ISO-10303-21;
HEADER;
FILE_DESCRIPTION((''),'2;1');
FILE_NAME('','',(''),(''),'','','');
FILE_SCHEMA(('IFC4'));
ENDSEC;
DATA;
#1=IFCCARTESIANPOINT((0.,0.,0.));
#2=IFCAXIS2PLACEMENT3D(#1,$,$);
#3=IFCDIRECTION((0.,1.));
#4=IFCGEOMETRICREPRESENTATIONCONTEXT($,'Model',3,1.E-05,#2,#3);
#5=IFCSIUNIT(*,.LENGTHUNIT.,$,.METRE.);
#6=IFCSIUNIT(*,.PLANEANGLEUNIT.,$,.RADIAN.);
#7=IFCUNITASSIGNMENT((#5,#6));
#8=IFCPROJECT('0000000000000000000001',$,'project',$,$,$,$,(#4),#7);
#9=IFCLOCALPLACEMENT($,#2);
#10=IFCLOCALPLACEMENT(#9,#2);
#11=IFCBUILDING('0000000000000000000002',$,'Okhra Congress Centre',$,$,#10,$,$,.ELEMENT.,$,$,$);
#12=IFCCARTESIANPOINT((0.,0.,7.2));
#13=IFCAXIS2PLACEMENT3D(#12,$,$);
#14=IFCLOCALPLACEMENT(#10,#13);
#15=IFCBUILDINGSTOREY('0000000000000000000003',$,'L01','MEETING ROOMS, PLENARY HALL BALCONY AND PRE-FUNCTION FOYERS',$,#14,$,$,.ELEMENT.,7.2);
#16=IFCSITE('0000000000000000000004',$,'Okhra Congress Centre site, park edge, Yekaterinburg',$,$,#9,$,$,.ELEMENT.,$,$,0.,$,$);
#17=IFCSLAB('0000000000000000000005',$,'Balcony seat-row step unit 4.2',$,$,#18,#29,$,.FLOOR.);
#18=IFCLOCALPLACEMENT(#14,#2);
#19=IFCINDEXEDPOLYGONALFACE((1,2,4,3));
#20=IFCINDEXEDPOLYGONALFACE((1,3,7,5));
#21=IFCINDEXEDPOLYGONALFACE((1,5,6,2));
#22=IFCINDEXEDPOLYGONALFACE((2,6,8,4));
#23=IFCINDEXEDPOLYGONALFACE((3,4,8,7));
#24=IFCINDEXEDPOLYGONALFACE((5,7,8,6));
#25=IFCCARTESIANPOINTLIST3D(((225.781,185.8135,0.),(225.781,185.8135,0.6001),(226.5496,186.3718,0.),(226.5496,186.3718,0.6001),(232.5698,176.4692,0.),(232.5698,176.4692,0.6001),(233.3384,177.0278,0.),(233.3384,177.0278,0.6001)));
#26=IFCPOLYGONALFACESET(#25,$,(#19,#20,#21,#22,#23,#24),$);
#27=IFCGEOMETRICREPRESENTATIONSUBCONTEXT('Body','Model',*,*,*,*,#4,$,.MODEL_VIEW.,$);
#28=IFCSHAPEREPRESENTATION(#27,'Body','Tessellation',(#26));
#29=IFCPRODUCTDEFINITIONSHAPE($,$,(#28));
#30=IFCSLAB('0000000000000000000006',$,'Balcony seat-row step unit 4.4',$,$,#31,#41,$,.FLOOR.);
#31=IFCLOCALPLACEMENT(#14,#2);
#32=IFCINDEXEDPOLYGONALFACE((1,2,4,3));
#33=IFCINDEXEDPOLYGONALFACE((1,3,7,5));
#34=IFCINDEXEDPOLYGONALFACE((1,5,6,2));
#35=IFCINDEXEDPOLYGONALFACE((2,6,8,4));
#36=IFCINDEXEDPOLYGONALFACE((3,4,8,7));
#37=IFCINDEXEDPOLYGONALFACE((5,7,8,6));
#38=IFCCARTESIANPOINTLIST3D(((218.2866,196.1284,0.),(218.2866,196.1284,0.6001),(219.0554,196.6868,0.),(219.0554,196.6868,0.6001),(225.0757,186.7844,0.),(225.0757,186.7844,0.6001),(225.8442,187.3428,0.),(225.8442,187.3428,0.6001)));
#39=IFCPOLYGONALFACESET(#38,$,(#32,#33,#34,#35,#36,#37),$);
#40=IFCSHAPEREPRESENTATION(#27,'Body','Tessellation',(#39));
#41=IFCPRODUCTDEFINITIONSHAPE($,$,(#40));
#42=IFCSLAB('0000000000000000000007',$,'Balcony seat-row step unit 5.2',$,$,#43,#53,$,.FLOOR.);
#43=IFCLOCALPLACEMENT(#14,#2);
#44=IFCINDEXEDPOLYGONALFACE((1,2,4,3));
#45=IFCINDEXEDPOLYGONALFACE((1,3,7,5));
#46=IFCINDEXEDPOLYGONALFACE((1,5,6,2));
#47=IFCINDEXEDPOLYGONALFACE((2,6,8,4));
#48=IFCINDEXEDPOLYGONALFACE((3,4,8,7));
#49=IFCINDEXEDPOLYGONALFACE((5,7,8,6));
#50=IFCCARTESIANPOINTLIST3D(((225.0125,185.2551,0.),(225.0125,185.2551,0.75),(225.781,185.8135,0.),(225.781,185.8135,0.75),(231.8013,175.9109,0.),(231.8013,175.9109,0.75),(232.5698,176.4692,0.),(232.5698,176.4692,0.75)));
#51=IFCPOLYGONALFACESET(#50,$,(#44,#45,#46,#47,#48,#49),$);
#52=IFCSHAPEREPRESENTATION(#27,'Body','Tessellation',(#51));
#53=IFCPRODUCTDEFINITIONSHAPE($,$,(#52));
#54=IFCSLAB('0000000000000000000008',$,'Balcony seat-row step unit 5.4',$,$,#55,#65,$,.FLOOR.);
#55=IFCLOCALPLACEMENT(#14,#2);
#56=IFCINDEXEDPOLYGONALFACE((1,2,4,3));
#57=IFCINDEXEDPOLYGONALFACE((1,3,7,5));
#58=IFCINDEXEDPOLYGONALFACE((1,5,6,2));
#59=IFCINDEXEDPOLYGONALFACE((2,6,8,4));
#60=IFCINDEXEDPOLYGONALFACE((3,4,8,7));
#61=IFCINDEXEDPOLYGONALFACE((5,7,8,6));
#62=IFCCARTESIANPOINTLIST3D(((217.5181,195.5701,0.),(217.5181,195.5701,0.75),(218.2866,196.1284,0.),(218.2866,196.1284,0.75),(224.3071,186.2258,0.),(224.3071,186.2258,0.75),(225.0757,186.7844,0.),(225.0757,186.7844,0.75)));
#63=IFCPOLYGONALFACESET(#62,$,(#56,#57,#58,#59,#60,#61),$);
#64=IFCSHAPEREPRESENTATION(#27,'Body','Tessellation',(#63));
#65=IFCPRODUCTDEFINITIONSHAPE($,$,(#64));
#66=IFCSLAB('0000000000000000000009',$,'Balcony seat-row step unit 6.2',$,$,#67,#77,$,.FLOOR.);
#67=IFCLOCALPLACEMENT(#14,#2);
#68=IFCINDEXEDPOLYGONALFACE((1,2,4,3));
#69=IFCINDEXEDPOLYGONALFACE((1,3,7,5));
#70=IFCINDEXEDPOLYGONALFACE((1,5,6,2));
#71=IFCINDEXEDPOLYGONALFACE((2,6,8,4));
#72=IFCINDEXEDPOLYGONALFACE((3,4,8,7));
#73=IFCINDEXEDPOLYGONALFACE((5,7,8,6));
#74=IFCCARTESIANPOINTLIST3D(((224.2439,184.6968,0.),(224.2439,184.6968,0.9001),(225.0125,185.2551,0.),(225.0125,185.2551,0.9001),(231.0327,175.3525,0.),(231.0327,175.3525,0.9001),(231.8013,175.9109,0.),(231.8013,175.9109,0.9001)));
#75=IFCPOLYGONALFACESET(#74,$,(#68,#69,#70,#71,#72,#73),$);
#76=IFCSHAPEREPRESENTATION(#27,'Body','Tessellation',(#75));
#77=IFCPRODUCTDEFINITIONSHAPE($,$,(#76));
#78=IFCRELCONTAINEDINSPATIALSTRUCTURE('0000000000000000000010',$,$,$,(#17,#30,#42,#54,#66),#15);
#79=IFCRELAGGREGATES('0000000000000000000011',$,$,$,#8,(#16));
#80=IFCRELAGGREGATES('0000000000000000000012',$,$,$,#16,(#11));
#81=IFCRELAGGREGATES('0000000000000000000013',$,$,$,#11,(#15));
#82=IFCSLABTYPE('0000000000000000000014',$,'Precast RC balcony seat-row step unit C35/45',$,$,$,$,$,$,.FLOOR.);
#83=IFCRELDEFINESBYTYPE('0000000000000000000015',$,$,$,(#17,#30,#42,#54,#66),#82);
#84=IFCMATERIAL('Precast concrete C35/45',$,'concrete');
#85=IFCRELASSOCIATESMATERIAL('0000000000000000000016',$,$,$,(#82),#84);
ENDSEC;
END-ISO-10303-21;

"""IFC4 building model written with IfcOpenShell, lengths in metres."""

from ifc_helpers import new_model, si_unit, direction, frame, origin, place, context, subcontext, project, spatial, polyline, outline, extrude, material, type_object, element, save


model = new_model("IFC4")

# Units and contexts
model_context = context("Model", 3, precision=1e-05, world=origin(), true_north=direction((0.0, 1.0)))
body_context = subcontext(model_context, "Body", "Model", "MODEL_VIEW")
ifc_project = project(units=[si_unit("LENGTHUNIT", "METRE"), si_unit("PLANEANGLEUNIT", "RADIAN")], contexts=[model_context])

# Site, building, storey
site_placement = place(None, origin())
site = spatial("IfcSite", under=ifc_project, at=site_placement, Name="Okhra Congress Centre site, park edge, Yekaterinburg", CompositionType="ELEMENT", RefElevation=0.0)
building_placement = place(site_placement, origin())
building = spatial("IfcBuilding", under=site, at=building_placement, Name="Okhra Congress Centre", CompositionType="ELEMENT")
storey_placement = place(building_placement, frame((0.0, 0.0, 7.2)))
storey = spatial("IfcBuildingStorey", under=building, at=storey_placement, Name="L01", Description="MEETING ROOMS, PLENARY HALL BALCONY AND PRE-FUNCTION FOYERS", CompositionType="ELEMENT", Elevation=7.2)

# Slabs
ifc_material_1 = material(Name="Precast concrete C35/45", Category="concrete")
slab_type_1 = type_object("IfcSlabType", Name="Precast RC balcony seat-row step unit C35/45", PredefinedType="FLOOR", material=ifc_material_1)
slab_1_placement = place(storey_placement, origin())
element("IfcSlab", 1, at=slab_1_placement, inside=storey, type_object=slab_type_1, Name="Balcony seat-row step unit 4.2", PredefinedType="FLOOR", context=body_context, shape_type="SweptSolid", body=[
    extrude(outline(polyline([(232.5698, 176.4692), (233.3384, 177.0278), (226.5496, 186.3718), (225.781, 185.8135), (232.5698, 176.4692)])), origin(), (0.0, 0.0, 1.0), 0.6001),
])
slab_2_placement = place(storey_placement, origin())
element("IfcSlab", 2, at=slab_2_placement, inside=storey, type_object=slab_type_1, Name="Balcony seat-row step unit 4.4", PredefinedType="FLOOR", context=body_context, shape_type="SweptSolid", body=[
    extrude(outline(polyline([(225.0757, 186.7844), (225.8442, 187.3428), (219.0554, 196.6868), (218.2866, 196.1284), (225.0757, 186.7844)])), origin(), (0.0, 0.0, 1.0), 0.6001),
])
slab_3_placement = place(storey_placement, origin())
element("IfcSlab", 3, at=slab_3_placement, inside=storey, type_object=slab_type_1, Name="Balcony seat-row step unit 5.2", PredefinedType="FLOOR", context=body_context, shape_type="SweptSolid", body=[
    extrude(outline(polyline([(231.8013, 175.9109), (232.5698, 176.4692), (225.781, 185.8135), (225.0125, 185.2551), (231.8013, 175.9109)])), origin(), (0.0, 0.0, 1.0), 0.75),
])
slab_4_placement = place(storey_placement, origin())
element("IfcSlab", 4, at=slab_4_placement, inside=storey, type_object=slab_type_1, Name="Balcony seat-row step unit 5.4", PredefinedType="FLOOR", context=body_context, shape_type="SweptSolid", body=[
    extrude(outline(polyline([(224.3071, 186.2258), (225.0757, 186.7844), (218.2866, 196.1284), (217.5181, 195.5701), (224.3071, 186.2258)])), origin(), (0.0, 0.0, 1.0), 0.75),
])
slab_5_placement = place(storey_placement, origin())
element("IfcSlab", 5, at=slab_5_placement, inside=storey, type_object=slab_type_1, Name="Balcony seat-row step unit 6.2", PredefinedType="FLOOR", context=body_context, shape_type="SweptSolid", body=[
    extrude(outline(polyline([(231.0327, 175.3525), (231.8013, 175.9109), (225.0125, 185.2551), (224.2439, 184.6968), (231.0327, 175.3525)])), origin(), (0.0, 0.0, 1.0), 0.9001),
])

save(model, "model.ifc")
